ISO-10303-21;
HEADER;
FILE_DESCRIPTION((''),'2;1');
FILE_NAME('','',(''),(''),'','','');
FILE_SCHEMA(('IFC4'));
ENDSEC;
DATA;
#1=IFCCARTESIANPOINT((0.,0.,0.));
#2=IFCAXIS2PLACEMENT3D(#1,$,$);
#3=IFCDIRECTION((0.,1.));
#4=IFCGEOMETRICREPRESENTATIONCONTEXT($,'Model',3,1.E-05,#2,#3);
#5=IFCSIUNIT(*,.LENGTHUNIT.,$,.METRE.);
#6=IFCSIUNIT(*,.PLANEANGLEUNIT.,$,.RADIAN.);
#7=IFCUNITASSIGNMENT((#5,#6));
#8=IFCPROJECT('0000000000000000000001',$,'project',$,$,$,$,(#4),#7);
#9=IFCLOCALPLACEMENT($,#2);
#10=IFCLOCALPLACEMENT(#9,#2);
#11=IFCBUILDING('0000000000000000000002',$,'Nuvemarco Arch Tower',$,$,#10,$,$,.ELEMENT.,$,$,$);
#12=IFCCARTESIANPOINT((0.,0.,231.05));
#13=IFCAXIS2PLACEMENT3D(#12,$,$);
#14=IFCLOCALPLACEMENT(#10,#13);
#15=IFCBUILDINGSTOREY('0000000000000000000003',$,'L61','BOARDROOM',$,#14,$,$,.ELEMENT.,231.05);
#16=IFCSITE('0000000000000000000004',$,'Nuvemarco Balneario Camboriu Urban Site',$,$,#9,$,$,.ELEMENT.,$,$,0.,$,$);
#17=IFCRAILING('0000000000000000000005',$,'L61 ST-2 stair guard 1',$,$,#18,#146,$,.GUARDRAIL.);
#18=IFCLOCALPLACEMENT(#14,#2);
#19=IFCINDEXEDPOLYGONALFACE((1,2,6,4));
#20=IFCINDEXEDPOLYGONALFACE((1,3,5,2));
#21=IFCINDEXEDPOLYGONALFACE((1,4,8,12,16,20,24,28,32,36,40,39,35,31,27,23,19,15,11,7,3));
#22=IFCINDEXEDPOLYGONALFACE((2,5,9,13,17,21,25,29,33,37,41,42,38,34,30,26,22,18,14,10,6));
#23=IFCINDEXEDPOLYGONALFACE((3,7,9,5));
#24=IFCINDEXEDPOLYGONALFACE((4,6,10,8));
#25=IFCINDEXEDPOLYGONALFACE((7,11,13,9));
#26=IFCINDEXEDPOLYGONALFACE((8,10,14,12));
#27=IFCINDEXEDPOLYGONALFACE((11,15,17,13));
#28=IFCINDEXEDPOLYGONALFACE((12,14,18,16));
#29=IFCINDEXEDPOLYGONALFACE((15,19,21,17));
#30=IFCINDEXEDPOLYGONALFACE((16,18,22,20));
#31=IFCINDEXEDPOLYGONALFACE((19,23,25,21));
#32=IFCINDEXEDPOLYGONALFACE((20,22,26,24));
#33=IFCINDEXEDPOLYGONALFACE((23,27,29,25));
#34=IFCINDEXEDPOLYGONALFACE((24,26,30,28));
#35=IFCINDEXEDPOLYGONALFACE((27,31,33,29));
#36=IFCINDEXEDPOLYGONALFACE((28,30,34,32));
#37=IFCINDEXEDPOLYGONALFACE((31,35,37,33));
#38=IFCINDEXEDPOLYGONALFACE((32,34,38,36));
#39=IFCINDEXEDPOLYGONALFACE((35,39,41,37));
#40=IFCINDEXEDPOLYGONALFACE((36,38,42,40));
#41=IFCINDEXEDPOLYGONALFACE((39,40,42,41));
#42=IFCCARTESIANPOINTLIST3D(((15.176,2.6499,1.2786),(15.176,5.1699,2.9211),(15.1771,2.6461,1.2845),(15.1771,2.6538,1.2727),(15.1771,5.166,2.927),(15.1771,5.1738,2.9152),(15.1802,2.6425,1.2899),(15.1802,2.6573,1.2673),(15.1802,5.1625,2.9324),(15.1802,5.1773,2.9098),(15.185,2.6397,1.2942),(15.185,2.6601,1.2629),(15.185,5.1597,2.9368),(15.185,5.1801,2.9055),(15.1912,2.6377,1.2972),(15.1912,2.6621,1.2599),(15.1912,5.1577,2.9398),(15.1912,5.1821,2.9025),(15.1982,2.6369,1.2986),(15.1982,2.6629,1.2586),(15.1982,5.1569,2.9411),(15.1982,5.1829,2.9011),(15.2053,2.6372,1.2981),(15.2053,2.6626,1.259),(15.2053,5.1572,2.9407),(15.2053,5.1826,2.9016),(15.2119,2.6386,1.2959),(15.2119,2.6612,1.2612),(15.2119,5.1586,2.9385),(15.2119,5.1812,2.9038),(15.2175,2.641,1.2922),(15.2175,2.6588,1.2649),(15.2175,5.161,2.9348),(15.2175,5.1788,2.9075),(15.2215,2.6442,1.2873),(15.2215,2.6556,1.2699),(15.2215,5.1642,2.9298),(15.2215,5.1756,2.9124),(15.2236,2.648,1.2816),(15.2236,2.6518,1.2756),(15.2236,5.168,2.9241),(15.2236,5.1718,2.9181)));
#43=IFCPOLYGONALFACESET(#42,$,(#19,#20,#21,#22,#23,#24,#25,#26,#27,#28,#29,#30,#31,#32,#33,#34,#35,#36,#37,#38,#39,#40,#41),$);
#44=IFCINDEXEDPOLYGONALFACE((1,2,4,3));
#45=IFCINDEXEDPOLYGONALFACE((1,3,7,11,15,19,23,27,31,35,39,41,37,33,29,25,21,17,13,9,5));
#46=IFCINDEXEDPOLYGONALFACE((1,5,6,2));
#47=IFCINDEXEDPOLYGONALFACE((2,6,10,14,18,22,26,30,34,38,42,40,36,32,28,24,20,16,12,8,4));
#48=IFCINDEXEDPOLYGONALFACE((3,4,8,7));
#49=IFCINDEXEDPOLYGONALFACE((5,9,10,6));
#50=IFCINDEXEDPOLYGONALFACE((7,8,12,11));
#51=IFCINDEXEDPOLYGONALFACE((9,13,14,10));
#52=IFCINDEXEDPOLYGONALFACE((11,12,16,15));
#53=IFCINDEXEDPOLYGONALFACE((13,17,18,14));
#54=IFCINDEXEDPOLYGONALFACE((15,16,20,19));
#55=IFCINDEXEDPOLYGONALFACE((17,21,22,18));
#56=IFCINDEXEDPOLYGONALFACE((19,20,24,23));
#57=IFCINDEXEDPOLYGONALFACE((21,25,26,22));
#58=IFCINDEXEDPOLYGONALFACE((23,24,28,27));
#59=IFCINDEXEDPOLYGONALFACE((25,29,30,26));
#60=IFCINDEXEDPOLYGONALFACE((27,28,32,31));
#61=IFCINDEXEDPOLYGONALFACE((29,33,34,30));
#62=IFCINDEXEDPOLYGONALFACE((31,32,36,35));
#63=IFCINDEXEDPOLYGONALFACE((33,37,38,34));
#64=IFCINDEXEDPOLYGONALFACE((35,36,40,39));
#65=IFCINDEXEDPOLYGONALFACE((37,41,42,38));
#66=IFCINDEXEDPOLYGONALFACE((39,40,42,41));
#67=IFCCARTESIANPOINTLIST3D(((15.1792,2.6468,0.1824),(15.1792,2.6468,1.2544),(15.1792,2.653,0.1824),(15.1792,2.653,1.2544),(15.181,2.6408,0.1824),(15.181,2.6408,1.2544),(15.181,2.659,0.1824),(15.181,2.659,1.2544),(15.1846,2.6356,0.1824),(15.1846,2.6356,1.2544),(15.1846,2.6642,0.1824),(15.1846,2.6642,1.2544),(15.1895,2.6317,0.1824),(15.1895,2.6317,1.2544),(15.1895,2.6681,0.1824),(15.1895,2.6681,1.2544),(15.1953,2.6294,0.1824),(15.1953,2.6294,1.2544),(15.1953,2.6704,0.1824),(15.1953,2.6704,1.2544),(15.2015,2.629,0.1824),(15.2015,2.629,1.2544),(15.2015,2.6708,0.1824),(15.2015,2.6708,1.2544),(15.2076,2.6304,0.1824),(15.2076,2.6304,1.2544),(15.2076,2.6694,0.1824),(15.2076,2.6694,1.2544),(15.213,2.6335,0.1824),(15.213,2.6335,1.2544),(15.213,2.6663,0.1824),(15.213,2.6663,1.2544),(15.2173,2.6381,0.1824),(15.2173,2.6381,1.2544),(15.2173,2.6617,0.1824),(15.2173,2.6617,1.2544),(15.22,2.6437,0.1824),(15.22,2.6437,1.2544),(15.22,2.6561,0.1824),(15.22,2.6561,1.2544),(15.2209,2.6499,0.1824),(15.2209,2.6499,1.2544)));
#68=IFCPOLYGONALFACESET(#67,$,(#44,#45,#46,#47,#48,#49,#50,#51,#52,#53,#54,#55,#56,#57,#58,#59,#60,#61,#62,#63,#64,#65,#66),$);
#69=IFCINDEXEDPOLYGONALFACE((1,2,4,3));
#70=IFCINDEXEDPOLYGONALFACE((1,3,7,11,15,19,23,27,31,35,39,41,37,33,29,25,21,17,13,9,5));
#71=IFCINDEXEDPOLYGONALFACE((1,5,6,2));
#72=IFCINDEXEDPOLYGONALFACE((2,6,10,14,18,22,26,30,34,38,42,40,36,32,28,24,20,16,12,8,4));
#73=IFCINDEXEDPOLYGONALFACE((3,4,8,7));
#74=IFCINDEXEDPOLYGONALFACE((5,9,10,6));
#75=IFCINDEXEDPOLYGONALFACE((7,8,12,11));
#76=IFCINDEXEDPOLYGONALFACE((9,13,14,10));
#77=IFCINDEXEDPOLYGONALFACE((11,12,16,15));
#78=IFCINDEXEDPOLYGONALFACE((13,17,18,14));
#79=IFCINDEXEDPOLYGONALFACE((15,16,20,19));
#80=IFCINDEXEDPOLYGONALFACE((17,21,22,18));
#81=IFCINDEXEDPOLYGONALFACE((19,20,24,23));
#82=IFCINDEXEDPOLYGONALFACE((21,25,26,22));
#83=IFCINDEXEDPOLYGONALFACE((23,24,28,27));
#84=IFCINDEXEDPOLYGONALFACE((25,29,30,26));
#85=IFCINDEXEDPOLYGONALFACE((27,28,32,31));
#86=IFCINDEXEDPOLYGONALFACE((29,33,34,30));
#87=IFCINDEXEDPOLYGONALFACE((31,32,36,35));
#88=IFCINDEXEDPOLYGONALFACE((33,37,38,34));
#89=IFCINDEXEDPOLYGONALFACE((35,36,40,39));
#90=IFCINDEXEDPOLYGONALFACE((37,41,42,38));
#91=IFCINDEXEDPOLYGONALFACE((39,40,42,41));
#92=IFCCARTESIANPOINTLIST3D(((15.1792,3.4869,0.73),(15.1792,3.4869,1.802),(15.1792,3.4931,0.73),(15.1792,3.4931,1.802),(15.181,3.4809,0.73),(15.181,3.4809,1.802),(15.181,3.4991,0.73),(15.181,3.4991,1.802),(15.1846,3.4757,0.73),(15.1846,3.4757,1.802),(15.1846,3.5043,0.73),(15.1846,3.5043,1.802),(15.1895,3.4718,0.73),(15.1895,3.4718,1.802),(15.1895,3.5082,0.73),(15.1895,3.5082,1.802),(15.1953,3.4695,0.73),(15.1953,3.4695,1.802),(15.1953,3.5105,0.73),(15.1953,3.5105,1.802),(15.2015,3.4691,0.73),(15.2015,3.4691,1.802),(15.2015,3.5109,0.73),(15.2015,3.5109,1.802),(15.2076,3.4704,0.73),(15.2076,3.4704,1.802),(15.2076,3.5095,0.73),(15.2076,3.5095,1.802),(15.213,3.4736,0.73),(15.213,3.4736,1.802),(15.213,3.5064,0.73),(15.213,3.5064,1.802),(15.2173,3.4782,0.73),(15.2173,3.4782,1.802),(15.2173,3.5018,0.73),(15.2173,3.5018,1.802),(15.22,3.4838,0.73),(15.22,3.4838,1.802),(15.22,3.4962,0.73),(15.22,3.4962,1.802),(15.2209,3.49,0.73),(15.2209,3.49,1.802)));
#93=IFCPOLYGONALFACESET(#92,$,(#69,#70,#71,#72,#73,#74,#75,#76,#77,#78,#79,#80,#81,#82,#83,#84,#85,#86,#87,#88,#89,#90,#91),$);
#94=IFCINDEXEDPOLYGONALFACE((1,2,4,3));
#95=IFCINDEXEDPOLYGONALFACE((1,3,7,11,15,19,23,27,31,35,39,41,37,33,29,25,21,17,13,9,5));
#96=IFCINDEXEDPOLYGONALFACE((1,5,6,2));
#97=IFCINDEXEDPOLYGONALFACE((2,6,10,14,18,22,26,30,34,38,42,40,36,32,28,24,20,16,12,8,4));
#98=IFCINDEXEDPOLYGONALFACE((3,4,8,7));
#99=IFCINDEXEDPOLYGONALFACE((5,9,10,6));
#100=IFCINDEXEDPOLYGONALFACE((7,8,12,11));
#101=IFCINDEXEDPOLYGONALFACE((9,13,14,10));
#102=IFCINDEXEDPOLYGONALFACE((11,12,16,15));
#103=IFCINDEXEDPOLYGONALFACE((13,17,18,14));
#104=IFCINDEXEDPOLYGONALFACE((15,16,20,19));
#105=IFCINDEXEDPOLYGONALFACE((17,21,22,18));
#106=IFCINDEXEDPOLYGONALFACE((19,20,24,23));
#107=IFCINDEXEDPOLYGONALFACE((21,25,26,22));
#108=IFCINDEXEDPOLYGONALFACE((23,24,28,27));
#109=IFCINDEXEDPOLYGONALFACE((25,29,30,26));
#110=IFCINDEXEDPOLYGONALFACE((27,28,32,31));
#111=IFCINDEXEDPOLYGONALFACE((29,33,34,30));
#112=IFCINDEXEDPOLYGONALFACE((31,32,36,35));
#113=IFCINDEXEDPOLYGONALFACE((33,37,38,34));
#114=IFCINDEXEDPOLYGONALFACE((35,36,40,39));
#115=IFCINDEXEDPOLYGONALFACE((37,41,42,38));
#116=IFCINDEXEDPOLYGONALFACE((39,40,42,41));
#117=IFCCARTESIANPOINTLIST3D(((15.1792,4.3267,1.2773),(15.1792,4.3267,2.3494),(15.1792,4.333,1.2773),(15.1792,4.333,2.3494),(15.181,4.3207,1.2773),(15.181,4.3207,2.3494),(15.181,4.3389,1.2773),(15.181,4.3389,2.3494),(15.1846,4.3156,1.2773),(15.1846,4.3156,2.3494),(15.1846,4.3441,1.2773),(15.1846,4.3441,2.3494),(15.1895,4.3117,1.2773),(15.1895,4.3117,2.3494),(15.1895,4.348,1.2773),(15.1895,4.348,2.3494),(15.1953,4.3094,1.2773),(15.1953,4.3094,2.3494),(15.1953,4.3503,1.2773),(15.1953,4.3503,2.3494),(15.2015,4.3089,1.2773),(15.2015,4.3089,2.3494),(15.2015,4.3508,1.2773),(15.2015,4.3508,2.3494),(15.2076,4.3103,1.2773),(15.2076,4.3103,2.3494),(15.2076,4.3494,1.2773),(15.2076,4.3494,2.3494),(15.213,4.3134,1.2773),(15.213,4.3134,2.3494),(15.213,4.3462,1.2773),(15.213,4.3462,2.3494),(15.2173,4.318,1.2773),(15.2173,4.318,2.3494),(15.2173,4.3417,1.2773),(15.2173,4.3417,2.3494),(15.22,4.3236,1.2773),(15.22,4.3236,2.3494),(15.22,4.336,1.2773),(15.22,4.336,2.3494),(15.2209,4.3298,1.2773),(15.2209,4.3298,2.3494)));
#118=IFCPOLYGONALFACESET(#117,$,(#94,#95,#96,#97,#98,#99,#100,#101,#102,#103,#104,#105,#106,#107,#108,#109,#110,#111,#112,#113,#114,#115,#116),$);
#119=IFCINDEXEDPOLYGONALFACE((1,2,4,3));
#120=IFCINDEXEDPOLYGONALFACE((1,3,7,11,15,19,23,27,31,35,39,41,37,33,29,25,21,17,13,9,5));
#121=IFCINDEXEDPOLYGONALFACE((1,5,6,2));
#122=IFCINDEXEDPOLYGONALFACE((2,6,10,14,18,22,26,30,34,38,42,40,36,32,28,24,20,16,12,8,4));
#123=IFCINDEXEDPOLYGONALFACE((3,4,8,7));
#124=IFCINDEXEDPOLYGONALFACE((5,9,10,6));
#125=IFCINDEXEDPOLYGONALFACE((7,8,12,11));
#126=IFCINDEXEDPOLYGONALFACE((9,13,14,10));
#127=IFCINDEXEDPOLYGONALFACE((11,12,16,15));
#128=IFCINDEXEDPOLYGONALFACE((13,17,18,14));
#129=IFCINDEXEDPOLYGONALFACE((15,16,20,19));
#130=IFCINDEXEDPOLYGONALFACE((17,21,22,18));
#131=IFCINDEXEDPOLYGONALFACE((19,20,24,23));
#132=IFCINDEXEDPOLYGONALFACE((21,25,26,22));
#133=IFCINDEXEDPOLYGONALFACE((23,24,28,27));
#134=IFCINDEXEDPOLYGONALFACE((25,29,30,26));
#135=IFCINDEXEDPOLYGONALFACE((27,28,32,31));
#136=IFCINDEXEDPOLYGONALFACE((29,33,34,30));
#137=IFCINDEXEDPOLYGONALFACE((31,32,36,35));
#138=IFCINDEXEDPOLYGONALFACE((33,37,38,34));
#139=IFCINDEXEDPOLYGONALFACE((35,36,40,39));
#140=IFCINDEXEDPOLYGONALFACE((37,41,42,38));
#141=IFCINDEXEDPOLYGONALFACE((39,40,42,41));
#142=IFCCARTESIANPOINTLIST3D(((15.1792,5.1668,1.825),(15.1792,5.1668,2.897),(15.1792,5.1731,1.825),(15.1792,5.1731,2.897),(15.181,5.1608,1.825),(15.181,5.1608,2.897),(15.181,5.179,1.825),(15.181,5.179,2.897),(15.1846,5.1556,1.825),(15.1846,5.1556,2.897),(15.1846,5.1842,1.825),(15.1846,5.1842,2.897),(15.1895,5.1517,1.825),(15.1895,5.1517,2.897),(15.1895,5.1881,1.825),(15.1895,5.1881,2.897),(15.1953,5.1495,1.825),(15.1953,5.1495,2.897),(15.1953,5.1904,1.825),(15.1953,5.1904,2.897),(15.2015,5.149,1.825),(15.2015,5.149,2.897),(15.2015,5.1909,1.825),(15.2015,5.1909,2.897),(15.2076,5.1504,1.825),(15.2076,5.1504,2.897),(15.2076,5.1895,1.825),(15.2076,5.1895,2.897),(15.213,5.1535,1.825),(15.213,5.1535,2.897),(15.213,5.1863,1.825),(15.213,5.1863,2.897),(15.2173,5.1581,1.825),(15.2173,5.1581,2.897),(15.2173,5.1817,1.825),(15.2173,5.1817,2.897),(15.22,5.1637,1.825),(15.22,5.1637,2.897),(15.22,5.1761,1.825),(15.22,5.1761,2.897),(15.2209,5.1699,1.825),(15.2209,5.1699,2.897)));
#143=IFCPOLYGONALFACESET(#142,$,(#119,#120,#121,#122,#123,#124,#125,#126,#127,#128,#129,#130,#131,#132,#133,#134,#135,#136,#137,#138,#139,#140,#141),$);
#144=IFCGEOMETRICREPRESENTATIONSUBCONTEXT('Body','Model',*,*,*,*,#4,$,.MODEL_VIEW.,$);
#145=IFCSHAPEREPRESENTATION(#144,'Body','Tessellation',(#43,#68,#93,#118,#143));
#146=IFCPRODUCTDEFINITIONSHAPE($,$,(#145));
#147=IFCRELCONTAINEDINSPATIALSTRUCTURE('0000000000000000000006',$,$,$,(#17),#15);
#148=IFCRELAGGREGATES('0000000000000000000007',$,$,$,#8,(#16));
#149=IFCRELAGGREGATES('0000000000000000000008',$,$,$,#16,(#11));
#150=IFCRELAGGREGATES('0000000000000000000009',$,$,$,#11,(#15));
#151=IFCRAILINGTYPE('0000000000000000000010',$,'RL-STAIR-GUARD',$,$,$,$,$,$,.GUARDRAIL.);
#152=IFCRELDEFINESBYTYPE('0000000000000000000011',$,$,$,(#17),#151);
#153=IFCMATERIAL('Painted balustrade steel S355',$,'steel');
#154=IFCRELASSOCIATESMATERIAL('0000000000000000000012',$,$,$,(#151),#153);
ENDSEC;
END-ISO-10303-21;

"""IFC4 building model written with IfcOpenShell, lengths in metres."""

from ifc_helpers import new_model, si_unit, direction, frame, origin, origin_2d, place, context, subcontext, project, spatial, circle, extrude, material, type_object, element, save


model = new_model("IFC4")

# Units and contexts
model_context = context("Model", 3, precision=1e-05, world=origin(), true_north=direction((0.0, 1.0)))
body_context = subcontext(model_context, "Body", "Model", "MODEL_VIEW")
ifc_project = project(units=[si_unit("LENGTHUNIT", "METRE"), si_unit("PLANEANGLEUNIT", "RADIAN")], contexts=[model_context])

# Site, building, storey
site_placement = place(None, origin())
site = spatial("IfcSite", under=ifc_project, at=site_placement, Name="Nuvemarco Balneario Camboriu Urban Site", CompositionType="ELEMENT", RefElevation=0.0)
building_placement = place(site_placement, origin())
building = spatial("IfcBuilding", under=site, at=building_placement, Name="Nuvemarco Arch Tower", CompositionType="ELEMENT")
storey_placement = place(building_placement, frame((0.0, 0.0, 231.05)))
storey = spatial("IfcBuildingStorey", under=building, at=storey_placement, Name="L61", Description="BOARDROOM", CompositionType="ELEMENT", Elevation=231.05)

# Railing
ifc_material_1 = material(Name="Painted balustrade steel S355", Category="steel")
railing_type_1 = type_object("IfcRailingType", Name="RL-STAIR-GUARD", PredefinedType="GUARDRAIL", material=ifc_material_1)
railing_1_placement = place(storey_placement, frame((15.2, 2.6499, 0.1824)))
element("IfcRailing", 1, at=railing_1_placement, inside=storey, type_object=railing_type_1, Name="L61 ST-2 stair guard 1", PredefinedType="GUARDRAIL", context=body_context, shape_type="SweptSolid", body=[
    extrude(circle(Radius=0.0239, at=origin_2d()), frame((0.0, 0.0, 1.0962), z_axis=(0.0, 0.837749, 0.546055), x_axis=(-1.0, 0.0, 0.0)), (0.0, 0.0, 1.0), 3.0081),
    extrude(circle(Radius=0.021, at=origin_2d()), origin(), (0.0, 0.0, 1.0), 1.072),
    extrude(circle(Radius=0.021, at=origin_2d()), frame((0.0, 0.8401, 0.5476)), (0.0, 0.0, 1.0), 1.072),
    extrude(circle(Radius=0.021, at=origin_2d()), frame((0.0, 1.6799, 1.095)), (0.0, 0.0, 1.0), 1.072),
    extrude(circle(Radius=0.021, at=origin_2d()), frame((0.0, 2.52, 1.6426)), (0.0, 0.0, 1.0), 1.072),
])

save(model, "model.ifc")
